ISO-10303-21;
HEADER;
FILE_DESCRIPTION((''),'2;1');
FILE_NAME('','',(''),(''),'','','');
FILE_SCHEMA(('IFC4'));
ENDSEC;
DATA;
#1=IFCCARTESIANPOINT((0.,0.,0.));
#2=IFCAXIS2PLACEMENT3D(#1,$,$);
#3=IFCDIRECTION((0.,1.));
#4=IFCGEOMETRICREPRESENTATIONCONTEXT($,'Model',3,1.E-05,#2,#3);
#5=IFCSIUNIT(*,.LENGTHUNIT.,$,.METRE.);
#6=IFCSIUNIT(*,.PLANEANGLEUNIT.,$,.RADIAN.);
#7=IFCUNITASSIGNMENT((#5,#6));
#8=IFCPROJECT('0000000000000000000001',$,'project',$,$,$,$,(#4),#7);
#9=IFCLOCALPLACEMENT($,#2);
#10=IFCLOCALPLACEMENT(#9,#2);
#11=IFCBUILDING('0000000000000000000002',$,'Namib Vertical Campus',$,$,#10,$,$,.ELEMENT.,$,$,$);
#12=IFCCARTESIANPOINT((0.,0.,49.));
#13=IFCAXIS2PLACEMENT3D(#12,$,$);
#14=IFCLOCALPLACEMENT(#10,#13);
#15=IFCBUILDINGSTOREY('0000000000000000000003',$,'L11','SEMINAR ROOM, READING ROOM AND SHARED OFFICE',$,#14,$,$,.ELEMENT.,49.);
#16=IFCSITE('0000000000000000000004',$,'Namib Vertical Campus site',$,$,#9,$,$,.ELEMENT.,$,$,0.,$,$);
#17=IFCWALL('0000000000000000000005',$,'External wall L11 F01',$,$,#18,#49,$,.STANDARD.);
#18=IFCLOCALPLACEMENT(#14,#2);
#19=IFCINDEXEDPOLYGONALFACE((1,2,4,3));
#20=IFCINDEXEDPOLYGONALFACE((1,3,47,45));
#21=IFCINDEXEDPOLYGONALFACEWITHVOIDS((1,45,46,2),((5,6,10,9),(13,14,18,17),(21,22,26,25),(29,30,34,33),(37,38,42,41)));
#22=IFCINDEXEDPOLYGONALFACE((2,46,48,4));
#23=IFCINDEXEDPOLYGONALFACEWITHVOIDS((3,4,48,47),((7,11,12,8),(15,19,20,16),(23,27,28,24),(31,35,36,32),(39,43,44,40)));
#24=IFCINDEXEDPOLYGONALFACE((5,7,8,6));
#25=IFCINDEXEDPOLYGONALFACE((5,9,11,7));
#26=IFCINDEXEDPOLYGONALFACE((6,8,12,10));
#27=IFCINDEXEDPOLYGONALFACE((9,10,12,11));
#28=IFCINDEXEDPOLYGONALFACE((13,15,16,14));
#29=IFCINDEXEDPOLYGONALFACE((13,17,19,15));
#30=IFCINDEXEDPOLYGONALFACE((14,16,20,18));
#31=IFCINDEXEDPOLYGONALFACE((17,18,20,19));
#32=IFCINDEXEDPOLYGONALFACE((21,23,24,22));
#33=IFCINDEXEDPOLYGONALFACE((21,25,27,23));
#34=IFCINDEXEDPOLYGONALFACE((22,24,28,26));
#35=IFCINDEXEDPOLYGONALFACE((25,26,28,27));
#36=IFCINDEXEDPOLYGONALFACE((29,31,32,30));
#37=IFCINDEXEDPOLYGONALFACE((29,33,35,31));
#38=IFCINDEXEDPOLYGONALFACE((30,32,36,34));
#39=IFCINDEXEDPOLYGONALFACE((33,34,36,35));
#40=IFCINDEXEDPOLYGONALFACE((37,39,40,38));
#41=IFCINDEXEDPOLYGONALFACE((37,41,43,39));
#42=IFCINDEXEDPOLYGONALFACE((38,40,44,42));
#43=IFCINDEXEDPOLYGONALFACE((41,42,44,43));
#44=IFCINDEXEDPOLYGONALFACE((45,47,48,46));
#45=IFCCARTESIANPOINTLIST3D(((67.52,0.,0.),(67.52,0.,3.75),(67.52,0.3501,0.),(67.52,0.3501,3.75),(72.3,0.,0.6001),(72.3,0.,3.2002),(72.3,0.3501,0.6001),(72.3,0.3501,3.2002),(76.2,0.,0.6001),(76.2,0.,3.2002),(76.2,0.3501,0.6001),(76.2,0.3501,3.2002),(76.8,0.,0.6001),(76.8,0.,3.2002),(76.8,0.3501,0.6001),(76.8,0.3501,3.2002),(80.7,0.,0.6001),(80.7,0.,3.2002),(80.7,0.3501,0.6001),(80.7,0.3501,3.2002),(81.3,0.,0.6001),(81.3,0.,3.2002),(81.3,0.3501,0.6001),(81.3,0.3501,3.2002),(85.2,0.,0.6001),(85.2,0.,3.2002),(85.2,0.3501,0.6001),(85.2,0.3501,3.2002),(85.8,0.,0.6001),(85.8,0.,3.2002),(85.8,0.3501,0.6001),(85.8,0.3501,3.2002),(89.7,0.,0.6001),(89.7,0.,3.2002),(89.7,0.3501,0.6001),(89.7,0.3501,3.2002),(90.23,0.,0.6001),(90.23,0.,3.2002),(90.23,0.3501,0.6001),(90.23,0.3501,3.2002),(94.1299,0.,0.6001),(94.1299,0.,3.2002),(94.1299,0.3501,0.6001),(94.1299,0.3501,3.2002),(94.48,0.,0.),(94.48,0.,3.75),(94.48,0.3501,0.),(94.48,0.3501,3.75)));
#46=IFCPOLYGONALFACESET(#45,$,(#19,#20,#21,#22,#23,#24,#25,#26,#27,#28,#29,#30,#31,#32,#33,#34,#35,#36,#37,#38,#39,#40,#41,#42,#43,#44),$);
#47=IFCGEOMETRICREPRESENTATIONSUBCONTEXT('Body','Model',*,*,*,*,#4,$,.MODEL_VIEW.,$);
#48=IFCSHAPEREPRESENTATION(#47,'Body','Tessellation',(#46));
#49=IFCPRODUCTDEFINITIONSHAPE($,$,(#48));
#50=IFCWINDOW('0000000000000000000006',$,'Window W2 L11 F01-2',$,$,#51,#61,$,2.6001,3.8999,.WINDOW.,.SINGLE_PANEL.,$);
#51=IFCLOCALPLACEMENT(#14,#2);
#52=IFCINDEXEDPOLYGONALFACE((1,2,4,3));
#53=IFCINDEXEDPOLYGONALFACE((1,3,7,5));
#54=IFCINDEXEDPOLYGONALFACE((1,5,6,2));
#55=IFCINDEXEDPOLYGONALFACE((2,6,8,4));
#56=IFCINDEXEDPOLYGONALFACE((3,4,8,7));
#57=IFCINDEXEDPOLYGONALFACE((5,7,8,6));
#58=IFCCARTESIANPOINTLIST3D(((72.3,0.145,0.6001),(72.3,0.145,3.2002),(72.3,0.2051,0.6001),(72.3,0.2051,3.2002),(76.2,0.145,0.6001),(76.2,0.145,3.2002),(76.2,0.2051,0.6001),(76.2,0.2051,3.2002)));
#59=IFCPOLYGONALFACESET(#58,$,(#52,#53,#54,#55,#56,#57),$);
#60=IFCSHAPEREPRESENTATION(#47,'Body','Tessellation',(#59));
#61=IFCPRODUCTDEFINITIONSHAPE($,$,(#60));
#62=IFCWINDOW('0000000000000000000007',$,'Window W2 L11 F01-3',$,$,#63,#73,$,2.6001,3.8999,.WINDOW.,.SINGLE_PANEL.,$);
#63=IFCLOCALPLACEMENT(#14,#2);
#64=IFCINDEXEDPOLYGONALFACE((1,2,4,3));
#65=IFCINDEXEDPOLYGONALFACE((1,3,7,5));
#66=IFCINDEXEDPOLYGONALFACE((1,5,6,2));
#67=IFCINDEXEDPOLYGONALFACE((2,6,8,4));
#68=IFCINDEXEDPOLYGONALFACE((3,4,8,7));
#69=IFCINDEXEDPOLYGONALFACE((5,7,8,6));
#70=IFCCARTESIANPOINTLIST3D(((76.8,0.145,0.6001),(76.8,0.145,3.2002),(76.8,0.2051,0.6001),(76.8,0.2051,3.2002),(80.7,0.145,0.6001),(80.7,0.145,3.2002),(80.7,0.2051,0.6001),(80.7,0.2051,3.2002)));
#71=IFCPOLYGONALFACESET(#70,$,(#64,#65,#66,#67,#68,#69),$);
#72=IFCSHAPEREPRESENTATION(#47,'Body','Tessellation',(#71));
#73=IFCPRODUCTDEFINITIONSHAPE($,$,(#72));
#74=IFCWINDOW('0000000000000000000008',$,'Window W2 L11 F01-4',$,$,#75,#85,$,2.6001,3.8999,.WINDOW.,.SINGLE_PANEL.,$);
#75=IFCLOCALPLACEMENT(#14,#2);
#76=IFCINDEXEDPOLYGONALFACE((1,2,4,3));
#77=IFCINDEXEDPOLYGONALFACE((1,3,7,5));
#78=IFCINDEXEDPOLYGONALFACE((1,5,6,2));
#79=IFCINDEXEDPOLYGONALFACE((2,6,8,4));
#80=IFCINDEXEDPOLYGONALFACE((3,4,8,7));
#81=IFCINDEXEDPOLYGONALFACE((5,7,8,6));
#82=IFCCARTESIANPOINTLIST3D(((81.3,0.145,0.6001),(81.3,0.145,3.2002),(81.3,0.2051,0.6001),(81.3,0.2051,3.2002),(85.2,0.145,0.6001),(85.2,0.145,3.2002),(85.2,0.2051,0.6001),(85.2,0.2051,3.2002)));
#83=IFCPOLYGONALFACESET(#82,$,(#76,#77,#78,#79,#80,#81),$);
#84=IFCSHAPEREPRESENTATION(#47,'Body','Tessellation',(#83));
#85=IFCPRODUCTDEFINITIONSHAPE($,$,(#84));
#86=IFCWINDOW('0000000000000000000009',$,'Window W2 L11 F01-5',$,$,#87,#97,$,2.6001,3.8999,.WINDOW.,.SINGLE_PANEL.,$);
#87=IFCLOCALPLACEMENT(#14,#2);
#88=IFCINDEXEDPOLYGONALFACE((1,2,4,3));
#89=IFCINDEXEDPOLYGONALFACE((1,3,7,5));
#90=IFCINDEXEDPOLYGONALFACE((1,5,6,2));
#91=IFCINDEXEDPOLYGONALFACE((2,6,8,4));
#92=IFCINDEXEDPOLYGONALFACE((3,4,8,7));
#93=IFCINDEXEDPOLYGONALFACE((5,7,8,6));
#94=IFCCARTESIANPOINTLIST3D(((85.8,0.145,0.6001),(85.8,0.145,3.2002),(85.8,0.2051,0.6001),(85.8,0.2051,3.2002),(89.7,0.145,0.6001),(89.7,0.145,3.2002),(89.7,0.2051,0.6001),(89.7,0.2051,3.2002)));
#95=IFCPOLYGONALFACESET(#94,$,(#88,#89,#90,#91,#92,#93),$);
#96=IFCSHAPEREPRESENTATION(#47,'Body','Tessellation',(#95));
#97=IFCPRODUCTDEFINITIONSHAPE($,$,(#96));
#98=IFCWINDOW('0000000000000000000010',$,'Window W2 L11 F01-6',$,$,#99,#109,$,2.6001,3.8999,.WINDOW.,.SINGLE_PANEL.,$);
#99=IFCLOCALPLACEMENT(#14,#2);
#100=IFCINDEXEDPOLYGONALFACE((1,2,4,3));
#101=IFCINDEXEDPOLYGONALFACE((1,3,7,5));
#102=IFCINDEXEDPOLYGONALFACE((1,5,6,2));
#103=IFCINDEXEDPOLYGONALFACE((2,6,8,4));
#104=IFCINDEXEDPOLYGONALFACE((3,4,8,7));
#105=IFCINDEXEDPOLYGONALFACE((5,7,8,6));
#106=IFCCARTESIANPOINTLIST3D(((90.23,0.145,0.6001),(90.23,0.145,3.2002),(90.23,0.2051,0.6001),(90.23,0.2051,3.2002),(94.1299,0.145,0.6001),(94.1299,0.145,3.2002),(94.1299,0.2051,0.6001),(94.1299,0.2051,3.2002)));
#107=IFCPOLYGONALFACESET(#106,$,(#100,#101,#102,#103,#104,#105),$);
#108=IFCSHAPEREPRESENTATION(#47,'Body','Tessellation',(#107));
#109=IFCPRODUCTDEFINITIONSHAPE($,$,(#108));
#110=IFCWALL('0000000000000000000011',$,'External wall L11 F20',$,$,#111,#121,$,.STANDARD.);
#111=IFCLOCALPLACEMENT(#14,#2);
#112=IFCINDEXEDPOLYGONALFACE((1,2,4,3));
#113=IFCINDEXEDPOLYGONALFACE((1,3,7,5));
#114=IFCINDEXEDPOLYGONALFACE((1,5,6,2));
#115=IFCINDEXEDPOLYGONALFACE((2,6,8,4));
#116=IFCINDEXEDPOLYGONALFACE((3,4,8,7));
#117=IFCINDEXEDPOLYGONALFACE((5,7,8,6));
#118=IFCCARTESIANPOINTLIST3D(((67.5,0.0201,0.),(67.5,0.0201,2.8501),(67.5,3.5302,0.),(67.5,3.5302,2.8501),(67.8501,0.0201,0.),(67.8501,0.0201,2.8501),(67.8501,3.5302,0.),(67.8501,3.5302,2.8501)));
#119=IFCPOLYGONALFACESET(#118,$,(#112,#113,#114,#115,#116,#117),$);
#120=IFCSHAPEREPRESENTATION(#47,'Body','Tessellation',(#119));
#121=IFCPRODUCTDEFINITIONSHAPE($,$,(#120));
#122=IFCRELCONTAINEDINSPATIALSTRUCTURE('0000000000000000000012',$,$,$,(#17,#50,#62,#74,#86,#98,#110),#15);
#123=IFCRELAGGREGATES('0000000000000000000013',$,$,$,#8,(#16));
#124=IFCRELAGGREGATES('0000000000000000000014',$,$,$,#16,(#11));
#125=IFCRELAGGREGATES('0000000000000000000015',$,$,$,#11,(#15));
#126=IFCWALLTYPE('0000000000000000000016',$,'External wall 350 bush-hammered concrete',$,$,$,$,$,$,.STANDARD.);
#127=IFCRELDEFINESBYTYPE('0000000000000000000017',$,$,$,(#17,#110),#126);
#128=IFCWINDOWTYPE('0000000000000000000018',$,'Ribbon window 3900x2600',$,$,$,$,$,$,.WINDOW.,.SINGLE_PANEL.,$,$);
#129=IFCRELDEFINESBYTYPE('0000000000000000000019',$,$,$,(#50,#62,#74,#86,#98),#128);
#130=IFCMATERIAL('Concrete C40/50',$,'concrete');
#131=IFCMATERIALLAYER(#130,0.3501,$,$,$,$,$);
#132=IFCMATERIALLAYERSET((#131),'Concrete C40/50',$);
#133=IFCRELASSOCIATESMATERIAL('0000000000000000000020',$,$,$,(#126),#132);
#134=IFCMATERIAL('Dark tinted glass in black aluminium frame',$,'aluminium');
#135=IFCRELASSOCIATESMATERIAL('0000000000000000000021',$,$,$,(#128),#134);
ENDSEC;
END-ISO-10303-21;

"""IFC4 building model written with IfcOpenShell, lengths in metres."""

from ifc_helpers import new_model, si_unit, direction, frame, frame_2d, origin, place, context, subcontext, project, spatial, rectangle, extrude, material, layer, layer_set, type_object, element, fill, save


model = new_model("IFC4")

# Units and contexts
model_context = context("Model", 3, precision=1e-05, world=origin(), true_north=direction((0.0, 1.0)))
body_context = subcontext(model_context, "Body", "Model", "MODEL_VIEW")
ifc_project = project(units=[si_unit("LENGTHUNIT", "METRE"), si_unit("PLANEANGLEUNIT", "RADIAN")], contexts=[model_context])

# Site, building, storey
site_placement = place(None, origin())
site = spatial("IfcSite", under=ifc_project, at=site_placement, Name="Namib Vertical Campus site", CompositionType="ELEMENT", RefElevation=0.0)
building_placement = place(site_placement, origin())
building = spatial("IfcBuilding", under=site, at=building_placement, Name="Namib Vertical Campus", CompositionType="ELEMENT")
storey_placement = place(building_placement, frame((0.0, 0.0, 49.0)))
storey = spatial("IfcBuildingStorey", under=building, at=storey_placement, Name="L11", Description="SEMINAR ROOM, READING ROOM AND SHARED OFFICE", CompositionType="ELEMENT", Elevation=49.0)

# Wall, openings, windows
ifc_material_1 = material(Name="Concrete C40/50", Category="concrete")
ifc_layer_1 = layer(ifc_material_1, 0.3501)
ifc_layer_set_1 = layer_set([ifc_layer_1], Name="Concrete C40/50")
wall_type_1 = type_object("IfcWallType", Name="External wall 350 bush-hammered concrete", PredefinedType="STANDARD", material=ifc_layer_set_1)
wall_1_placement = place(storey_placement, frame((67.52, 0.175, 0.0), z_axis=(0.0, 0.0, 1.0), x_axis=(1.0, 0.0, 0.0)))
wall_1 = element("IfcWall", 1, at=wall_1_placement, inside=storey, type_object=wall_type_1, Name="External wall L11 F01", PredefinedType="STANDARD", context=body_context, shape_type="SweptSolid", body=[
    extrude(rectangle(XDim=26.96, YDim=0.3501, at=frame_2d((13.48, 0.0))), origin(), (0.0, 0.0, 1.0), 3.75),
])
opening_1_placement = place(wall_1_placement, frame((4.78, 0.0, 0.6001)))
opening_1 = element("IfcOpeningElement", 2, at=opening_1_placement, cuts=wall_1, PredefinedType="OPENING", context=body_context, shape_type="SweptSolid", body=[
    extrude(rectangle(XDim=3.8999, YDim=2.6001, at=frame_2d((1.95, 1.3))), frame((0.0, 0.1851, 0.0), z_axis=(0.0, -1.0, 0.0), x_axis=(1.0, 0.0, 0.0)), (0.0, 0.0, 1.0), 0.3701),
])
opening_2_placement = place(wall_1_placement, frame((9.28, 0.0, 0.6001)))
opening_2 = element("IfcOpeningElement", 3, at=opening_2_placement, cuts=wall_1, PredefinedType="OPENING", context=body_context, shape_type="SweptSolid", body=[
    extrude(rectangle(XDim=3.8999, YDim=2.6001, at=frame_2d((1.95, 1.3))), frame((0.0, 0.1851, 0.0), z_axis=(0.0, -1.0, 0.0), x_axis=(1.0, 0.0, 0.0)), (0.0, 0.0, 1.0), 0.3701),
])
opening_3_placement = place(wall_1_placement, frame((13.78, 0.0, 0.6001)))
opening_3 = element("IfcOpeningElement", 4, at=opening_3_placement, cuts=wall_1, PredefinedType="OPENING", context=body_context, shape_type="SweptSolid", body=[
    extrude(rectangle(XDim=3.8999, YDim=2.6001, at=frame_2d((1.95, 1.3))), frame((0.0, 0.1851, 0.0), z_axis=(0.0, -1.0, 0.0), x_axis=(1.0, 0.0, 0.0)), (0.0, 0.0, 1.0), 0.3701),
])
opening_4_placement = place(wall_1_placement, frame((18.28, 0.0, 0.6001)))
opening_4 = element("IfcOpeningElement", 5, at=opening_4_placement, cuts=wall_1, PredefinedType="OPENING", context=body_context, shape_type="SweptSolid", body=[
    extrude(rectangle(XDim=3.8999, YDim=2.6001, at=frame_2d((1.95, 1.3))), frame((0.0, 0.1851, 0.0), z_axis=(0.0, -1.0, 0.0), x_axis=(1.0, 0.0, 0.0)), (0.0, 0.0, 1.0), 0.3701),
])
opening_5_placement = place(wall_1_placement, frame((22.71, 0.0, 0.6001)))
opening_5 = element("IfcOpeningElement", 6, at=opening_5_placement, cuts=wall_1, PredefinedType="OPENING", context=body_context, shape_type="SweptSolid", body=[
    extrude(rectangle(XDim=3.8999, YDim=2.6001, at=frame_2d((1.95, 1.3))), frame((0.0, 0.1851, 0.0), z_axis=(0.0, -1.0, 0.0), x_axis=(1.0, 0.0, 0.0)), (0.0, 0.0, 1.0), 0.3701),
])
ifc_material_2 = material(Name="Dark tinted glass in black aluminium frame", Category="aluminium")
window_type = type_object("IfcWindowType", Name="Ribbon window 3900x2600", PartitioningType="SINGLE_PANEL", PredefinedType="WINDOW", material=ifc_material_2)
window_1_placement = place(opening_1_placement, origin())
window_1 = element("IfcWindow", 7, at=window_1_placement, inside=storey, type_object=window_type, Name="Window W2 L11 F01-2", OverallHeight=2.6001, OverallWidth=3.8999, PartitioningType="SINGLE_PANEL", PredefinedType="WINDOW", context=body_context, shape_type="SweptSolid", body=[
    extrude(rectangle(XDim=3.8999, YDim=2.6001, at=frame_2d((1.95, 1.3))), frame((0.0, 0.03, 0.0), z_axis=(0.0, -1.0, 0.0), x_axis=(1.0, 0.0, 0.0)), (0.0, 0.0, 1.0), 0.0601),
])
fill(opening_1, window_1)
window_2_placement = place(opening_2_placement, origin())
window_2 = element("IfcWindow", 8, at=window_2_placement, inside=storey, type_object=window_type, Name="Window W2 L11 F01-3", OverallHeight=2.6001, OverallWidth=3.8999, PartitioningType="SINGLE_PANEL", PredefinedType="WINDOW", context=body_context, shape_type="SweptSolid", body=[
    extrude(rectangle(XDim=3.8999, YDim=2.6001, at=frame_2d((1.95, 1.3))), frame((0.0, 0.03, 0.0), z_axis=(0.0, -1.0, 0.0), x_axis=(1.0, 0.0, 0.0)), (0.0, 0.0, 1.0), 0.0601),
])
fill(opening_2, window_2)
window_3_placement = place(opening_3_placement, origin())
window_3 = element("IfcWindow", 9, at=window_3_placement, inside=storey, type_object=window_type, Name="Window W2 L11 F01-4", OverallHeight=2.6001, OverallWidth=3.8999, PartitioningType="SINGLE_PANEL", PredefinedType="WINDOW", context=body_context, shape_type="SweptSolid", body=[
    extrude(rectangle(XDim=3.8999, YDim=2.6001, at=frame_2d((1.95, 1.3))), frame((0.0, 0.03, 0.0), z_axis=(0.0, -1.0, 0.0), x_axis=(1.0, 0.0, 0.0)), (0.0, 0.0, 1.0), 0.0601),
])
fill(opening_3, window_3)
window_4_placement = place(opening_4_placement, origin())
window_4 = element("IfcWindow", 10, at=window_4_placement, inside=storey, type_object=window_type, Name="Window W2 L11 F01-5", OverallHeight=2.6001, OverallWidth=3.8999, PartitioningType="SINGLE_PANEL", PredefinedType="WINDOW", context=body_context, shape_type="SweptSolid", body=[
    extrude(rectangle(XDim=3.8999, YDim=2.6001, at=frame_2d((1.95, 1.3))), frame((0.0, 0.03, 0.0), z_axis=(0.0, -1.0, 0.0), x_axis=(1.0, 0.0, 0.0)), (0.0, 0.0, 1.0), 0.0601),
])
fill(opening_4, window_4)
window_5_placement = place(opening_5_placement, origin())
window_5 = element("IfcWindow", 11, at=window_5_placement, inside=storey, type_object=window_type, Name="Window W2 L11 F01-6", OverallHeight=2.6001, OverallWidth=3.8999, PartitioningType="SINGLE_PANEL", PredefinedType="WINDOW", context=body_context, shape_type="SweptSolid", body=[
    extrude(rectangle(XDim=3.8999, YDim=2.6001, at=frame_2d((1.95, 1.3))), frame((0.0, 0.03, 0.0), z_axis=(0.0, -1.0, 0.0), x_axis=(1.0, 0.0, 0.0)), (0.0, 0.0, 1.0), 0.0601),
])
fill(opening_5, window_5)

# Wall
wall_2_placement = place(storey_placement, frame((67.675, 3.53, 0.0), z_axis=(0.0, 0.0, 1.0), x_axis=(0.0, -1.0, 0.0)))
element("IfcWall", 12, at=wall_2_placement, inside=storey, type_object=wall_type_1, Name="External wall L11 F20", PredefinedType="STANDARD", context=body_context, shape_type="SweptSolid", body=[
    extrude(rectangle(XDim=3.51, YDim=0.3501, at=frame_2d((1.7549, 0.0))), origin(), (0.0, 0.0, 1.0), 2.8501),
])

save(model, "model.ifc")
